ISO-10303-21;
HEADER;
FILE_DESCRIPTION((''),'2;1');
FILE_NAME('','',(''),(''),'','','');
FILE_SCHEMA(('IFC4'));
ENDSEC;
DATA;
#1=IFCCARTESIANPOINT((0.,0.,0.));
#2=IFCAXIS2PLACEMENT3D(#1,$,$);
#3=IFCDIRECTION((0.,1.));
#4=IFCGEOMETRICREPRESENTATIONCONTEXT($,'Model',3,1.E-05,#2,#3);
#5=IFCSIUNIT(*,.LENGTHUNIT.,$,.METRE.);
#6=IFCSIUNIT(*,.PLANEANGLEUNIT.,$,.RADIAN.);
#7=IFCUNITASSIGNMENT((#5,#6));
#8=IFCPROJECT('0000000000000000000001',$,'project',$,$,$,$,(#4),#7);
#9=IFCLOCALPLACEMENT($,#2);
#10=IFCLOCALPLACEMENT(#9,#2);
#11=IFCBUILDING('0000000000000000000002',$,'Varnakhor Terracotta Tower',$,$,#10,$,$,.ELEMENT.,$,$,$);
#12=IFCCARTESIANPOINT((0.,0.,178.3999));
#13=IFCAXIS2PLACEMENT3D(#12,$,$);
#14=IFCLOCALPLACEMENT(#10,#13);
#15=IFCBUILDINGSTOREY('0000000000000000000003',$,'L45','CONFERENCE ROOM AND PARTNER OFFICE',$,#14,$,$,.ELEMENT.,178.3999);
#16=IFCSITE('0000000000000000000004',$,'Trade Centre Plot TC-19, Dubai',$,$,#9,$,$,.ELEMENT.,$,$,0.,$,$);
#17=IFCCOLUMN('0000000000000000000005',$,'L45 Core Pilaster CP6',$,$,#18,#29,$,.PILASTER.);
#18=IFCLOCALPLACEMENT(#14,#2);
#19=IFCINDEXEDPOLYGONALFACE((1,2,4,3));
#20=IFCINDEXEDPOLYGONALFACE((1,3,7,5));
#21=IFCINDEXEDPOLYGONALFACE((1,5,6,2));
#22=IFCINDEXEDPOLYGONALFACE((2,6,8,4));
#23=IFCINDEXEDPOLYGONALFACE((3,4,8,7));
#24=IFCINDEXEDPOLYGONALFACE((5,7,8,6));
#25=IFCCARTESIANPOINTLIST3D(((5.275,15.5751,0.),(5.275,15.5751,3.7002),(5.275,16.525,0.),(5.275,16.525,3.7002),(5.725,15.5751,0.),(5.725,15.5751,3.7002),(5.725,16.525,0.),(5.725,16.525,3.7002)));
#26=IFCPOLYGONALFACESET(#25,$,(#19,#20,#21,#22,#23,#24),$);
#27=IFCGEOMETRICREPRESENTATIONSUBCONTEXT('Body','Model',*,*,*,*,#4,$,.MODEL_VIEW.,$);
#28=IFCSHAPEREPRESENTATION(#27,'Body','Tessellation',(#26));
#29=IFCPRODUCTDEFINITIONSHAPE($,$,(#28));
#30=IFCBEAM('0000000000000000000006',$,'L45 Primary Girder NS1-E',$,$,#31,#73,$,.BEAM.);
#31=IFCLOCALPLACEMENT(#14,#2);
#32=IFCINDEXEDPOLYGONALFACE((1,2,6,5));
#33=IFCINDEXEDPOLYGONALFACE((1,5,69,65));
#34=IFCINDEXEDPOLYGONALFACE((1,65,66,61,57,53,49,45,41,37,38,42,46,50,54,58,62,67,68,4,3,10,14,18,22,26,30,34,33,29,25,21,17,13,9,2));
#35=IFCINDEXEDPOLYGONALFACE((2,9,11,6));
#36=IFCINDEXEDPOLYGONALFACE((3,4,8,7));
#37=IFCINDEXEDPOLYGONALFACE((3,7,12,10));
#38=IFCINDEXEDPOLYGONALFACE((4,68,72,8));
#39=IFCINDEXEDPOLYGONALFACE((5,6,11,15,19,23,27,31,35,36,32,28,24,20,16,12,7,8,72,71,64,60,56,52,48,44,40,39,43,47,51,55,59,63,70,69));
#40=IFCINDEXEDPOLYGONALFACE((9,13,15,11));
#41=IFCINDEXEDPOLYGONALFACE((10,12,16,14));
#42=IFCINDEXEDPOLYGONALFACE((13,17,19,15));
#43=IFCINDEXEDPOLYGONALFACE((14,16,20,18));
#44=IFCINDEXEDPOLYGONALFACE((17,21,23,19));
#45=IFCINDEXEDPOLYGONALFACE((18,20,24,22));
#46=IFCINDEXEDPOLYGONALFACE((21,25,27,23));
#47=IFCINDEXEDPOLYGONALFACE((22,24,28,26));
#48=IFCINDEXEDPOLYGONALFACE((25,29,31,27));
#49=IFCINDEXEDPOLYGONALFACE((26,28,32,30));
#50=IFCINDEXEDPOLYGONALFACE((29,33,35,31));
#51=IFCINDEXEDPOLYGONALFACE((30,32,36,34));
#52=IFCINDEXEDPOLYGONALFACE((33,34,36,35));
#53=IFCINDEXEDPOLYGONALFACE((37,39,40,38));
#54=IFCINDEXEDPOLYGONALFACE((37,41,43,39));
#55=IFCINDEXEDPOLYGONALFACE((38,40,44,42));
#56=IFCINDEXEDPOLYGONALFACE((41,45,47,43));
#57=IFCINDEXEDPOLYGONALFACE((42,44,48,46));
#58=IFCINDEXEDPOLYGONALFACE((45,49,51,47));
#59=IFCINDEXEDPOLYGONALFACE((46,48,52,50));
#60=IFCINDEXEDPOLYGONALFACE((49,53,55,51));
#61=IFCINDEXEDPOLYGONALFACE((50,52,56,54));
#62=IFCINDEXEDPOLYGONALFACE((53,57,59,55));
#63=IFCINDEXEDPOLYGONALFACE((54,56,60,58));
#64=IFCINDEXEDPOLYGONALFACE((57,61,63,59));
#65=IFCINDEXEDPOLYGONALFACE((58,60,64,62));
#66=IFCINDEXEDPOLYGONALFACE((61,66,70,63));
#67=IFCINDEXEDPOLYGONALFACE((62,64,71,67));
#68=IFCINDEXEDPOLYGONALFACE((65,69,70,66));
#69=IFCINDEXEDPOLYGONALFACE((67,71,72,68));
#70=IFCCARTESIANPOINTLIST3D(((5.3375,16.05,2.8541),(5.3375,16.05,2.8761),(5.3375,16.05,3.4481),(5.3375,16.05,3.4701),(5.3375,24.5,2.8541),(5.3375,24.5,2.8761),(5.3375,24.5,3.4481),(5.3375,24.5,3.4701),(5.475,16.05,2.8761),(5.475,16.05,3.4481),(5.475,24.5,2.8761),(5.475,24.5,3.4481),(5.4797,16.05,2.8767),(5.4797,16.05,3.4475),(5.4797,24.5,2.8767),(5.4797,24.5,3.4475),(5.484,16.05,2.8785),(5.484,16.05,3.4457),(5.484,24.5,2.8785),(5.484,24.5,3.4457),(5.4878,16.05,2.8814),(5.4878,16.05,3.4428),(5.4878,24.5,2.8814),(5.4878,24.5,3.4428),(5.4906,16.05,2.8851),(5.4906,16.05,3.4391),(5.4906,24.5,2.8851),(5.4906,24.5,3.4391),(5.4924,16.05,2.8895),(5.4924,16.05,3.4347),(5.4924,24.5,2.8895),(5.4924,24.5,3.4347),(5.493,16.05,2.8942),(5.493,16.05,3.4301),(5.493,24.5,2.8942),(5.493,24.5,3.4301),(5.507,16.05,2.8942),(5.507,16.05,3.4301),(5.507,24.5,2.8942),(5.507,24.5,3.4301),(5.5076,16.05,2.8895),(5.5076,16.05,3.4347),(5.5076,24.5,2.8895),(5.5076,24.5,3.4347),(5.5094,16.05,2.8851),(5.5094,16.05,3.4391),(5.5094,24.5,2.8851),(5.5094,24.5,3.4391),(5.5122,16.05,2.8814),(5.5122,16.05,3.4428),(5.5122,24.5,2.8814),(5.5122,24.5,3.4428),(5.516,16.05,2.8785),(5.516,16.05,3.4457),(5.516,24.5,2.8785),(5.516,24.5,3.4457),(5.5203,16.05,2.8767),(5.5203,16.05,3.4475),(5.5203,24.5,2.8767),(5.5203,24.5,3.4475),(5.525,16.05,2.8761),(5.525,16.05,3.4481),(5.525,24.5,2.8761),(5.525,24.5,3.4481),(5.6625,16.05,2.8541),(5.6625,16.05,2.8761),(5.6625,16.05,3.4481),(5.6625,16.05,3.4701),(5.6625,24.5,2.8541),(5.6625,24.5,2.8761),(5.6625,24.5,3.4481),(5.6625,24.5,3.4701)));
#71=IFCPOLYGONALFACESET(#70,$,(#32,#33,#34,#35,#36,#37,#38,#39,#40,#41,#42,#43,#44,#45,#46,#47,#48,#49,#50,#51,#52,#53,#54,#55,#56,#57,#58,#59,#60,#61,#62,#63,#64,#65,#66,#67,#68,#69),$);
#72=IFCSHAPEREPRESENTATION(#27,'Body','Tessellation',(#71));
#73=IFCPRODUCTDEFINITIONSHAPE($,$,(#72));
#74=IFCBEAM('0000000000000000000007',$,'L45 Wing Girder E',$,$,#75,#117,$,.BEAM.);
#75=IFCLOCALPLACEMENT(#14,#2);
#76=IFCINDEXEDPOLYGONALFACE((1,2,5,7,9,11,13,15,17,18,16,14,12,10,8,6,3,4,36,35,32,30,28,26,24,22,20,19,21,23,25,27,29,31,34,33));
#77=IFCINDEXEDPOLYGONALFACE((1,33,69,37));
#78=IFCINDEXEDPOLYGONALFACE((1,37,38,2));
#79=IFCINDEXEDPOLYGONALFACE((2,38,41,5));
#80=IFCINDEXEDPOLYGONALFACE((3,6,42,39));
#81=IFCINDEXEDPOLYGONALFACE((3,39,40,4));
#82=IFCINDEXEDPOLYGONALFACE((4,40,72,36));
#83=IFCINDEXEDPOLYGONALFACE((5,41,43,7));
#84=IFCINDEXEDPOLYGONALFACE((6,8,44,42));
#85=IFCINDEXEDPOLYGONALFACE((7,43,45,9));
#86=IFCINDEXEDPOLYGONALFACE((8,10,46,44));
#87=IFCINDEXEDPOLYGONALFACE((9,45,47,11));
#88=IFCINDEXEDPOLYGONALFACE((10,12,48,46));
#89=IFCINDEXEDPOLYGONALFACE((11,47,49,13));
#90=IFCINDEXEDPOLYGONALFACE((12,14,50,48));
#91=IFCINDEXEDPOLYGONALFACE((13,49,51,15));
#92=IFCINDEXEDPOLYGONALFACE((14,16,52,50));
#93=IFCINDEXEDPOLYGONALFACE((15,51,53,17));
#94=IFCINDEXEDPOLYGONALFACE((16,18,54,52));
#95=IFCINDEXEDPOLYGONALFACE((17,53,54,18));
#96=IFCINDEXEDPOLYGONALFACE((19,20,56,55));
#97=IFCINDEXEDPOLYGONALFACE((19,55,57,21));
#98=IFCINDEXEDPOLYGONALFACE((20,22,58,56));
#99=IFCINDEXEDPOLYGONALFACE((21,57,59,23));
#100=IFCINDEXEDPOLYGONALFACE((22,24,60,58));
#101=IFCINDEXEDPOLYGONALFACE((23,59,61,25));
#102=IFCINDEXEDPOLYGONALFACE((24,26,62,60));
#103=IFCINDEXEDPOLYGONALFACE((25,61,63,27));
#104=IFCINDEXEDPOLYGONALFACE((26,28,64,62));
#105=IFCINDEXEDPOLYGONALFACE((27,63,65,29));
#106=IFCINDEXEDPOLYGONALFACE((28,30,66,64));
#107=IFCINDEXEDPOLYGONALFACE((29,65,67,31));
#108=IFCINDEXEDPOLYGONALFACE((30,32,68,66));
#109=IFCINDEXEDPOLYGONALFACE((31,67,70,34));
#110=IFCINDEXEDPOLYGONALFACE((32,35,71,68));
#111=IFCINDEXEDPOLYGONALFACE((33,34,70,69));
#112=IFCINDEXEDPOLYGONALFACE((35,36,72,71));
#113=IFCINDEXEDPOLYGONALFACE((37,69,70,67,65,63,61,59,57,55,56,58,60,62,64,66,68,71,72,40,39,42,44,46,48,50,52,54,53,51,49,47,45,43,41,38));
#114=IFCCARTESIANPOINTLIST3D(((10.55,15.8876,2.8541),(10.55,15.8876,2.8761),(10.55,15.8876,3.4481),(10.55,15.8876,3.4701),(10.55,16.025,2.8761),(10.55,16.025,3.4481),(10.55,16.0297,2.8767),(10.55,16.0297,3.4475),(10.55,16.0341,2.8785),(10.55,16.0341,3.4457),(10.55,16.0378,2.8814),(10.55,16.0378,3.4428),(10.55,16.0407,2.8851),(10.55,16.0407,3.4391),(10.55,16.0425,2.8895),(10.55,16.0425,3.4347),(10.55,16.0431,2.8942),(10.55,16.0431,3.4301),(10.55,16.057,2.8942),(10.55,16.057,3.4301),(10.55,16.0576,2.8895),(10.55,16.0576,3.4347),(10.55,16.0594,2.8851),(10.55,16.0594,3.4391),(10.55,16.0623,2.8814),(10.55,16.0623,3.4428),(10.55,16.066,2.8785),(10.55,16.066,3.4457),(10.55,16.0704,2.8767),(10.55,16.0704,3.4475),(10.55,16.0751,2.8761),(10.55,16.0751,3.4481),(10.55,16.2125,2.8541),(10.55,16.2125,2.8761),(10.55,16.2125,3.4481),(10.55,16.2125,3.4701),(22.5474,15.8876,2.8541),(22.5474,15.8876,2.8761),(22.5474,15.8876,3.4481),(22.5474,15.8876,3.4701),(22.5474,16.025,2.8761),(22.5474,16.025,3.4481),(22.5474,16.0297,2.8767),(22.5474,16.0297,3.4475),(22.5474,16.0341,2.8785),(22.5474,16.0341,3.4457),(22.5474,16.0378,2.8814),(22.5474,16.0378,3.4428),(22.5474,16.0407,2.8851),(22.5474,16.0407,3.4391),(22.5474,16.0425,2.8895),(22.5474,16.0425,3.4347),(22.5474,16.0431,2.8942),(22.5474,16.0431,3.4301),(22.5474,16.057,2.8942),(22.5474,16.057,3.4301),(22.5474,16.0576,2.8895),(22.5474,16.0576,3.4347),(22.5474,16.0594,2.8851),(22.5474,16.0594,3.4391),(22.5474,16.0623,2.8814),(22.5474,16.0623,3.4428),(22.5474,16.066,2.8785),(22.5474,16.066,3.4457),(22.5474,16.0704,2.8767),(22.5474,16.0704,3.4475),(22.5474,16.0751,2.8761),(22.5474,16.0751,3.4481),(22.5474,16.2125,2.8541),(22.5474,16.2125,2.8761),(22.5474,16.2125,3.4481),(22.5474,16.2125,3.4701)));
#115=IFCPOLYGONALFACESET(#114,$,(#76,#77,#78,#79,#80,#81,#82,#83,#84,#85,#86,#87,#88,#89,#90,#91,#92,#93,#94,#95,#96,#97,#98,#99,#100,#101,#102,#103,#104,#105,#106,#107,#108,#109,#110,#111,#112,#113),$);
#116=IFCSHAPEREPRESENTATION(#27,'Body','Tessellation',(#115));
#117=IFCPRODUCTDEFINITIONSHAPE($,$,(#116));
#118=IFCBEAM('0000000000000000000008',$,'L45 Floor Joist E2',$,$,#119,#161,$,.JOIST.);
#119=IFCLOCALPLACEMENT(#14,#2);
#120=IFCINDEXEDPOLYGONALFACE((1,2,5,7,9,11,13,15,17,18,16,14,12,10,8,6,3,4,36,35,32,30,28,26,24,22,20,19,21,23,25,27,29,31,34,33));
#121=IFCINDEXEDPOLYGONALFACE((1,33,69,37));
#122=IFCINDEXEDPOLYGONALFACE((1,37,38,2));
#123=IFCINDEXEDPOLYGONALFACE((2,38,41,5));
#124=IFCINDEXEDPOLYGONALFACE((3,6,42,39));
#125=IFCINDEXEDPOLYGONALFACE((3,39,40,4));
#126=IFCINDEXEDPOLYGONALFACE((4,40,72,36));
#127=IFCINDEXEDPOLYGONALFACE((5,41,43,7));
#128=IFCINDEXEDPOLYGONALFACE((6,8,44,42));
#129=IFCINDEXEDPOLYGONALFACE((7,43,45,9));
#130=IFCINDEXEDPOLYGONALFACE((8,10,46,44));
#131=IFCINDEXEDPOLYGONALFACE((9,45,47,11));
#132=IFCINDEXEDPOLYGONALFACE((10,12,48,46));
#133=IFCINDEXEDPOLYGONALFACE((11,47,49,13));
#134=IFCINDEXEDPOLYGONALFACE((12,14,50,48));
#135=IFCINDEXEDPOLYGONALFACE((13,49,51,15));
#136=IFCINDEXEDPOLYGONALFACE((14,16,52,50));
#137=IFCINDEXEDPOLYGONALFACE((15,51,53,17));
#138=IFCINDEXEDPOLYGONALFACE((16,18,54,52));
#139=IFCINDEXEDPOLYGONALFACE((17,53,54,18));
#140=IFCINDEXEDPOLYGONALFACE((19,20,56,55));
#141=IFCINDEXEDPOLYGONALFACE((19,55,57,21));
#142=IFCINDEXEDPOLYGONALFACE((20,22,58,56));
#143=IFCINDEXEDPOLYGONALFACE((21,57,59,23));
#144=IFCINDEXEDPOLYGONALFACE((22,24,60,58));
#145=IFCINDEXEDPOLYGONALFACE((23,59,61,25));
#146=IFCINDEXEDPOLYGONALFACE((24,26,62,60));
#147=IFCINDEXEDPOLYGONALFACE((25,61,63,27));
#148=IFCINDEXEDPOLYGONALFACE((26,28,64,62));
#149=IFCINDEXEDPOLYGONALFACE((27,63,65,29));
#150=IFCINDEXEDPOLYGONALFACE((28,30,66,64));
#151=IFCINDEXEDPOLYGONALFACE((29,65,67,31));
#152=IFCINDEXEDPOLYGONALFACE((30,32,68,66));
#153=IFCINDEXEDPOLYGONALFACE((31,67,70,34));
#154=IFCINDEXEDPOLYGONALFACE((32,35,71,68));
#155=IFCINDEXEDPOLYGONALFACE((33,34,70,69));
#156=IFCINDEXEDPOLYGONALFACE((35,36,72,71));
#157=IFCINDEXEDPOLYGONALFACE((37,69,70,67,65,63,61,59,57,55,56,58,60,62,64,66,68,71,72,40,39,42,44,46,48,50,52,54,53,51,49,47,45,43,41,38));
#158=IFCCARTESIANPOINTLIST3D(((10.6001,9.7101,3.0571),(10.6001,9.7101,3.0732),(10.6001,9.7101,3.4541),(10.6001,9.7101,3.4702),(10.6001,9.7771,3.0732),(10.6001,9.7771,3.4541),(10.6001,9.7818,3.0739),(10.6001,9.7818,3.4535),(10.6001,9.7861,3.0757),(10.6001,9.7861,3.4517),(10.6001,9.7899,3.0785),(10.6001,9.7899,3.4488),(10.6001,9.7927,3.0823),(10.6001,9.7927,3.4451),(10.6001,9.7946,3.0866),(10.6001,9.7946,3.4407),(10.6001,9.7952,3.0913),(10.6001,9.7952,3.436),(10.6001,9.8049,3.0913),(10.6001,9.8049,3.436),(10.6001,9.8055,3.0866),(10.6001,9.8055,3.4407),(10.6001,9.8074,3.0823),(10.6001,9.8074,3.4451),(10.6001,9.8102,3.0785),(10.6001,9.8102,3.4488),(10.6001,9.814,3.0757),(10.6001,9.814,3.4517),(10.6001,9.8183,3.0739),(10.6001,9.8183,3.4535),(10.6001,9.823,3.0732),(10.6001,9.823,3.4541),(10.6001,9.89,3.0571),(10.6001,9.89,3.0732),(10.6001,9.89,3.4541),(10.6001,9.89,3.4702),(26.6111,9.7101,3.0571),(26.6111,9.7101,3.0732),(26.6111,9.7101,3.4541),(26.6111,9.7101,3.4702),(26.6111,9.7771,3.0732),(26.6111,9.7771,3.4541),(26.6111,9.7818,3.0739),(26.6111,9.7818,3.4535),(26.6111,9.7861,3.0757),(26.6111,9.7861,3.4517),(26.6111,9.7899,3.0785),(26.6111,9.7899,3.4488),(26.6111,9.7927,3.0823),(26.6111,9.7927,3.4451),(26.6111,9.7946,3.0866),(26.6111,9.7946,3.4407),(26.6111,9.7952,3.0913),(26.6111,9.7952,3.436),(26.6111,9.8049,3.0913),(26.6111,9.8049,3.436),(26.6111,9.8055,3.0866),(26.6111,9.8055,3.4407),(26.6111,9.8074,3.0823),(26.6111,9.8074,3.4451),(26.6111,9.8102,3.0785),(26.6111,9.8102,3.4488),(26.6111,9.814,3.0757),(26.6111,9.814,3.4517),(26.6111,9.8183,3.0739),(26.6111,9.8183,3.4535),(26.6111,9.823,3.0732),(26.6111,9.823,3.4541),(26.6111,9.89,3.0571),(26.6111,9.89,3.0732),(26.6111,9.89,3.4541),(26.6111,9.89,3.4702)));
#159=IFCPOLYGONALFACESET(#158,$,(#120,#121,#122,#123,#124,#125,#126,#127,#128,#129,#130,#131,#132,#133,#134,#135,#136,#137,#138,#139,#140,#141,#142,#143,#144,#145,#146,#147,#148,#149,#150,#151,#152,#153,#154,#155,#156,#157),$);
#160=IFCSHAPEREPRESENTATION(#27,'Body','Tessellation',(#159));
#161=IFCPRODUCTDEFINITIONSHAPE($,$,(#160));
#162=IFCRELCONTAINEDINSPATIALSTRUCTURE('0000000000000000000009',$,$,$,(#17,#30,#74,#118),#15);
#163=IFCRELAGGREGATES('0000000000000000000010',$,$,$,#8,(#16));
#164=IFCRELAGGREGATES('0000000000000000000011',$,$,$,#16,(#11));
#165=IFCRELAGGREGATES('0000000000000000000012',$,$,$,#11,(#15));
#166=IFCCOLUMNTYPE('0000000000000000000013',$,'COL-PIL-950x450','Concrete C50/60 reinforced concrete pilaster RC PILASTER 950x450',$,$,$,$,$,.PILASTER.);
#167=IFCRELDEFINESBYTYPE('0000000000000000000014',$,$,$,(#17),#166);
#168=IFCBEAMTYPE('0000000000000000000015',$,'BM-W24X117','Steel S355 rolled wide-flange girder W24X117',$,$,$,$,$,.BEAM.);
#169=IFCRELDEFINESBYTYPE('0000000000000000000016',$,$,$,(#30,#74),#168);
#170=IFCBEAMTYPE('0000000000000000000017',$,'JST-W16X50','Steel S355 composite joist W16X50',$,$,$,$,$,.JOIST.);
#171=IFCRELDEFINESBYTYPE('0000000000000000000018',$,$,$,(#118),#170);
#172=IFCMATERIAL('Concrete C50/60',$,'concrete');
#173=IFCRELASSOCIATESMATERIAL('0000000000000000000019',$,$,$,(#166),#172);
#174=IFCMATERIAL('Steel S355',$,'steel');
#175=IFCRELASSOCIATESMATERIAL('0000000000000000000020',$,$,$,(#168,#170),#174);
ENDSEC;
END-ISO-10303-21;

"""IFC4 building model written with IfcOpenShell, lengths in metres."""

from ifc_helpers import new_model, si_unit, direction, frame, origin, origin_2d, place, context, subcontext, project, spatial, rectangle, i_section, extrude, source, transform, mapped, material, material_profile, profile_set, type_object, type_shapes, element, save


model = new_model("IFC4")

# Units and contexts
model_context = context("Model", 3, precision=1e-05, world=origin(), true_north=direction((0.0, 1.0)))
body_context = subcontext(model_context, "Body", "Model", "MODEL_VIEW")
ifc_project = project(units=[si_unit("LENGTHUNIT", "METRE"), si_unit("PLANEANGLEUNIT", "RADIAN")], contexts=[model_context])

# Site, building, storey
site_placement = place(None, origin())
site = spatial("IfcSite", under=ifc_project, at=site_placement, Name="Trade Centre Plot TC-19, Dubai", CompositionType="ELEMENT", RefElevation=0.0)
building_placement = place(site_placement, origin())
building = spatial("IfcBuilding", under=site, at=building_placement, Name="Varnakhor Terracotta Tower", CompositionType="ELEMENT")
storey_placement = place(building_placement, frame((0.0, 0.0, 178.3999)))
storey = spatial("IfcBuildingStorey", under=building, at=storey_placement, Name="L45", Description="CONFERENCE ROOM AND PARTNER OFFICE", CompositionType="ELEMENT", Elevation=178.3999)

# Column
ifc_material_1 = material(Name="Concrete C50/60", Category="concrete")
ifc_material_profile_1 = material_profile(ifc_material_1, rectangle(XDim=0.45, YDim=0.95, at=origin_2d()), Name="RC PILASTER 950x450")
ifc_profile_set_1 = profile_set([ifc_material_profile_1], Name="Concrete C50/60")
column_type = type_object("IfcColumnType", Name="COL-PIL-950x450", Description="Concrete C50/60 reinforced concrete pilaster RC PILASTER 950x450", PredefinedType="PILASTER", material=ifc_profile_set_1)
shared_shape_1 = source(origin(), body_context, "Body", "SweptSolid", [
    extrude(rectangle(XDim=0.45, YDim=0.95, at=origin_2d()), origin(), (0.0, 0.0, 1.0), 3.7002),
])
column_placement = place(storey_placement, frame((5.5, 16.05, 0.0), z_axis=(0.0, 0.0, 1.0), x_axis=(1.0, 0.0, 0.0)))
element("IfcColumn", 1, at=column_placement, inside=storey, type_object=column_type, Name="L45 Core Pilaster CP6", PredefinedType="PILASTER", context=body_context, shape_type="MappedRepresentation", body=[
    mapped(shared_shape_1, transform((0.0, 0.0, 0.0), scale=1.0)),
])

# Beams
ifc_material_2 = material(Name="Steel S355", Category="steel")
ifc_material_profile_2 = material_profile(ifc_material_2, i_section(OverallWidth=0.325, OverallDepth=0.616, WebThickness=0.0139, FlangeThickness=0.022, FilletRadius=0.0181, at=origin_2d()), Name="W24X117")
ifc_profile_set_2 = profile_set([ifc_material_profile_2], Name="Steel S355")
beam_type_1 = type_object("IfcBeamType", Name="BM-W24X117", Description="Steel S355 rolled wide-flange girder W24X117", PredefinedType="BEAM", material=ifc_profile_set_2)
shared_shape_2 = source(origin(), body_context, "Body", "SweptSolid", [
    extrude(i_section(OverallWidth=0.325, OverallDepth=0.616, WebThickness=0.0139, FlangeThickness=0.022, FilletRadius=0.0181, at=origin_2d()), origin(), (0.0, 0.0, 1.0), 8.45),
])
type_shapes(beam_type_1, [shared_shape_2])
beam_1_placement = place(storey_placement, frame((5.5, 16.05, 3.1621), z_axis=(0.0, 1.0, 0.0), x_axis=(-1.0, 0.0, 0.0)))
element("IfcBeam", 2, at=beam_1_placement, inside=storey, type_object=beam_type_1, Name="L45 Primary Girder NS1-E", PredefinedType="BEAM", context=body_context, shape_type="MappedRepresentation", body=[
    mapped(shared_shape_2, transform((0.0, 0.0, 0.0), scale=1.0)),
])
shared_shape_3 = source(origin(), body_context, "Body", "SweptSolid", [
    extrude(i_section(OverallWidth=0.325, OverallDepth=0.616, WebThickness=0.0139, FlangeThickness=0.022, FilletRadius=0.0181, at=origin_2d()), origin(), (0.0, 0.0, 1.0), 11.9973),
])
beam_2_placement = place(storey_placement, frame((10.55, 16.05, 3.1621), z_axis=(1.0, 0.0, 0.0), x_axis=(0.0, 1.0, 0.0)))
element("IfcBeam", 3, at=beam_2_placement, inside=storey, type_object=beam_type_1, Name="L45 Wing Girder E", PredefinedType="BEAM", context=body_context, shape_type="MappedRepresentation", body=[
    mapped(shared_shape_3, transform((0.0, 0.0, 0.0), scale=1.0)),
])
ifc_material_profile_3 = material_profile(ifc_material_2, i_section(OverallWidth=0.1799, OverallDepth=0.4131, WebThickness=0.0098, FlangeThickness=0.0161, FilletRadius=0.0181, at=origin_2d()), Name="W16X50")
ifc_profile_set_3 = profile_set([ifc_material_profile_3], Name="Steel S355")
beam_type_2 = type_object("IfcBeamType", Name="JST-W16X50", Description="Steel S355 composite joist W16X50", PredefinedType="JOIST", material=ifc_profile_set_3)
shared_shape_4 = source(origin(), body_context, "Body", "SweptSolid", [
    extrude(i_section(OverallWidth=0.1799, OverallDepth=0.4131, WebThickness=0.0098, FlangeThickness=0.0161, FilletRadius=0.0181, at=origin_2d()), origin(), (0.0, 0.0, 1.0), 16.011),
])
beam_3_placement = place(storey_placement, frame((10.6001, 9.8, 3.2637), z_axis=(1.0, 0.0, 0.0), x_axis=(0.0, 1.0, 0.0)))
element("IfcBeam", 4, at=beam_3_placement, inside=storey, type_object=beam_type_2, Name="L45 Floor Joist E2", PredefinedType="JOIST", context=body_context, shape_type="MappedRepresentation", body=[
    mapped(shared_shape_4, transform((0.0, 0.0, 0.0), scale=1.0)),
])

save(model, "model.ifc")
